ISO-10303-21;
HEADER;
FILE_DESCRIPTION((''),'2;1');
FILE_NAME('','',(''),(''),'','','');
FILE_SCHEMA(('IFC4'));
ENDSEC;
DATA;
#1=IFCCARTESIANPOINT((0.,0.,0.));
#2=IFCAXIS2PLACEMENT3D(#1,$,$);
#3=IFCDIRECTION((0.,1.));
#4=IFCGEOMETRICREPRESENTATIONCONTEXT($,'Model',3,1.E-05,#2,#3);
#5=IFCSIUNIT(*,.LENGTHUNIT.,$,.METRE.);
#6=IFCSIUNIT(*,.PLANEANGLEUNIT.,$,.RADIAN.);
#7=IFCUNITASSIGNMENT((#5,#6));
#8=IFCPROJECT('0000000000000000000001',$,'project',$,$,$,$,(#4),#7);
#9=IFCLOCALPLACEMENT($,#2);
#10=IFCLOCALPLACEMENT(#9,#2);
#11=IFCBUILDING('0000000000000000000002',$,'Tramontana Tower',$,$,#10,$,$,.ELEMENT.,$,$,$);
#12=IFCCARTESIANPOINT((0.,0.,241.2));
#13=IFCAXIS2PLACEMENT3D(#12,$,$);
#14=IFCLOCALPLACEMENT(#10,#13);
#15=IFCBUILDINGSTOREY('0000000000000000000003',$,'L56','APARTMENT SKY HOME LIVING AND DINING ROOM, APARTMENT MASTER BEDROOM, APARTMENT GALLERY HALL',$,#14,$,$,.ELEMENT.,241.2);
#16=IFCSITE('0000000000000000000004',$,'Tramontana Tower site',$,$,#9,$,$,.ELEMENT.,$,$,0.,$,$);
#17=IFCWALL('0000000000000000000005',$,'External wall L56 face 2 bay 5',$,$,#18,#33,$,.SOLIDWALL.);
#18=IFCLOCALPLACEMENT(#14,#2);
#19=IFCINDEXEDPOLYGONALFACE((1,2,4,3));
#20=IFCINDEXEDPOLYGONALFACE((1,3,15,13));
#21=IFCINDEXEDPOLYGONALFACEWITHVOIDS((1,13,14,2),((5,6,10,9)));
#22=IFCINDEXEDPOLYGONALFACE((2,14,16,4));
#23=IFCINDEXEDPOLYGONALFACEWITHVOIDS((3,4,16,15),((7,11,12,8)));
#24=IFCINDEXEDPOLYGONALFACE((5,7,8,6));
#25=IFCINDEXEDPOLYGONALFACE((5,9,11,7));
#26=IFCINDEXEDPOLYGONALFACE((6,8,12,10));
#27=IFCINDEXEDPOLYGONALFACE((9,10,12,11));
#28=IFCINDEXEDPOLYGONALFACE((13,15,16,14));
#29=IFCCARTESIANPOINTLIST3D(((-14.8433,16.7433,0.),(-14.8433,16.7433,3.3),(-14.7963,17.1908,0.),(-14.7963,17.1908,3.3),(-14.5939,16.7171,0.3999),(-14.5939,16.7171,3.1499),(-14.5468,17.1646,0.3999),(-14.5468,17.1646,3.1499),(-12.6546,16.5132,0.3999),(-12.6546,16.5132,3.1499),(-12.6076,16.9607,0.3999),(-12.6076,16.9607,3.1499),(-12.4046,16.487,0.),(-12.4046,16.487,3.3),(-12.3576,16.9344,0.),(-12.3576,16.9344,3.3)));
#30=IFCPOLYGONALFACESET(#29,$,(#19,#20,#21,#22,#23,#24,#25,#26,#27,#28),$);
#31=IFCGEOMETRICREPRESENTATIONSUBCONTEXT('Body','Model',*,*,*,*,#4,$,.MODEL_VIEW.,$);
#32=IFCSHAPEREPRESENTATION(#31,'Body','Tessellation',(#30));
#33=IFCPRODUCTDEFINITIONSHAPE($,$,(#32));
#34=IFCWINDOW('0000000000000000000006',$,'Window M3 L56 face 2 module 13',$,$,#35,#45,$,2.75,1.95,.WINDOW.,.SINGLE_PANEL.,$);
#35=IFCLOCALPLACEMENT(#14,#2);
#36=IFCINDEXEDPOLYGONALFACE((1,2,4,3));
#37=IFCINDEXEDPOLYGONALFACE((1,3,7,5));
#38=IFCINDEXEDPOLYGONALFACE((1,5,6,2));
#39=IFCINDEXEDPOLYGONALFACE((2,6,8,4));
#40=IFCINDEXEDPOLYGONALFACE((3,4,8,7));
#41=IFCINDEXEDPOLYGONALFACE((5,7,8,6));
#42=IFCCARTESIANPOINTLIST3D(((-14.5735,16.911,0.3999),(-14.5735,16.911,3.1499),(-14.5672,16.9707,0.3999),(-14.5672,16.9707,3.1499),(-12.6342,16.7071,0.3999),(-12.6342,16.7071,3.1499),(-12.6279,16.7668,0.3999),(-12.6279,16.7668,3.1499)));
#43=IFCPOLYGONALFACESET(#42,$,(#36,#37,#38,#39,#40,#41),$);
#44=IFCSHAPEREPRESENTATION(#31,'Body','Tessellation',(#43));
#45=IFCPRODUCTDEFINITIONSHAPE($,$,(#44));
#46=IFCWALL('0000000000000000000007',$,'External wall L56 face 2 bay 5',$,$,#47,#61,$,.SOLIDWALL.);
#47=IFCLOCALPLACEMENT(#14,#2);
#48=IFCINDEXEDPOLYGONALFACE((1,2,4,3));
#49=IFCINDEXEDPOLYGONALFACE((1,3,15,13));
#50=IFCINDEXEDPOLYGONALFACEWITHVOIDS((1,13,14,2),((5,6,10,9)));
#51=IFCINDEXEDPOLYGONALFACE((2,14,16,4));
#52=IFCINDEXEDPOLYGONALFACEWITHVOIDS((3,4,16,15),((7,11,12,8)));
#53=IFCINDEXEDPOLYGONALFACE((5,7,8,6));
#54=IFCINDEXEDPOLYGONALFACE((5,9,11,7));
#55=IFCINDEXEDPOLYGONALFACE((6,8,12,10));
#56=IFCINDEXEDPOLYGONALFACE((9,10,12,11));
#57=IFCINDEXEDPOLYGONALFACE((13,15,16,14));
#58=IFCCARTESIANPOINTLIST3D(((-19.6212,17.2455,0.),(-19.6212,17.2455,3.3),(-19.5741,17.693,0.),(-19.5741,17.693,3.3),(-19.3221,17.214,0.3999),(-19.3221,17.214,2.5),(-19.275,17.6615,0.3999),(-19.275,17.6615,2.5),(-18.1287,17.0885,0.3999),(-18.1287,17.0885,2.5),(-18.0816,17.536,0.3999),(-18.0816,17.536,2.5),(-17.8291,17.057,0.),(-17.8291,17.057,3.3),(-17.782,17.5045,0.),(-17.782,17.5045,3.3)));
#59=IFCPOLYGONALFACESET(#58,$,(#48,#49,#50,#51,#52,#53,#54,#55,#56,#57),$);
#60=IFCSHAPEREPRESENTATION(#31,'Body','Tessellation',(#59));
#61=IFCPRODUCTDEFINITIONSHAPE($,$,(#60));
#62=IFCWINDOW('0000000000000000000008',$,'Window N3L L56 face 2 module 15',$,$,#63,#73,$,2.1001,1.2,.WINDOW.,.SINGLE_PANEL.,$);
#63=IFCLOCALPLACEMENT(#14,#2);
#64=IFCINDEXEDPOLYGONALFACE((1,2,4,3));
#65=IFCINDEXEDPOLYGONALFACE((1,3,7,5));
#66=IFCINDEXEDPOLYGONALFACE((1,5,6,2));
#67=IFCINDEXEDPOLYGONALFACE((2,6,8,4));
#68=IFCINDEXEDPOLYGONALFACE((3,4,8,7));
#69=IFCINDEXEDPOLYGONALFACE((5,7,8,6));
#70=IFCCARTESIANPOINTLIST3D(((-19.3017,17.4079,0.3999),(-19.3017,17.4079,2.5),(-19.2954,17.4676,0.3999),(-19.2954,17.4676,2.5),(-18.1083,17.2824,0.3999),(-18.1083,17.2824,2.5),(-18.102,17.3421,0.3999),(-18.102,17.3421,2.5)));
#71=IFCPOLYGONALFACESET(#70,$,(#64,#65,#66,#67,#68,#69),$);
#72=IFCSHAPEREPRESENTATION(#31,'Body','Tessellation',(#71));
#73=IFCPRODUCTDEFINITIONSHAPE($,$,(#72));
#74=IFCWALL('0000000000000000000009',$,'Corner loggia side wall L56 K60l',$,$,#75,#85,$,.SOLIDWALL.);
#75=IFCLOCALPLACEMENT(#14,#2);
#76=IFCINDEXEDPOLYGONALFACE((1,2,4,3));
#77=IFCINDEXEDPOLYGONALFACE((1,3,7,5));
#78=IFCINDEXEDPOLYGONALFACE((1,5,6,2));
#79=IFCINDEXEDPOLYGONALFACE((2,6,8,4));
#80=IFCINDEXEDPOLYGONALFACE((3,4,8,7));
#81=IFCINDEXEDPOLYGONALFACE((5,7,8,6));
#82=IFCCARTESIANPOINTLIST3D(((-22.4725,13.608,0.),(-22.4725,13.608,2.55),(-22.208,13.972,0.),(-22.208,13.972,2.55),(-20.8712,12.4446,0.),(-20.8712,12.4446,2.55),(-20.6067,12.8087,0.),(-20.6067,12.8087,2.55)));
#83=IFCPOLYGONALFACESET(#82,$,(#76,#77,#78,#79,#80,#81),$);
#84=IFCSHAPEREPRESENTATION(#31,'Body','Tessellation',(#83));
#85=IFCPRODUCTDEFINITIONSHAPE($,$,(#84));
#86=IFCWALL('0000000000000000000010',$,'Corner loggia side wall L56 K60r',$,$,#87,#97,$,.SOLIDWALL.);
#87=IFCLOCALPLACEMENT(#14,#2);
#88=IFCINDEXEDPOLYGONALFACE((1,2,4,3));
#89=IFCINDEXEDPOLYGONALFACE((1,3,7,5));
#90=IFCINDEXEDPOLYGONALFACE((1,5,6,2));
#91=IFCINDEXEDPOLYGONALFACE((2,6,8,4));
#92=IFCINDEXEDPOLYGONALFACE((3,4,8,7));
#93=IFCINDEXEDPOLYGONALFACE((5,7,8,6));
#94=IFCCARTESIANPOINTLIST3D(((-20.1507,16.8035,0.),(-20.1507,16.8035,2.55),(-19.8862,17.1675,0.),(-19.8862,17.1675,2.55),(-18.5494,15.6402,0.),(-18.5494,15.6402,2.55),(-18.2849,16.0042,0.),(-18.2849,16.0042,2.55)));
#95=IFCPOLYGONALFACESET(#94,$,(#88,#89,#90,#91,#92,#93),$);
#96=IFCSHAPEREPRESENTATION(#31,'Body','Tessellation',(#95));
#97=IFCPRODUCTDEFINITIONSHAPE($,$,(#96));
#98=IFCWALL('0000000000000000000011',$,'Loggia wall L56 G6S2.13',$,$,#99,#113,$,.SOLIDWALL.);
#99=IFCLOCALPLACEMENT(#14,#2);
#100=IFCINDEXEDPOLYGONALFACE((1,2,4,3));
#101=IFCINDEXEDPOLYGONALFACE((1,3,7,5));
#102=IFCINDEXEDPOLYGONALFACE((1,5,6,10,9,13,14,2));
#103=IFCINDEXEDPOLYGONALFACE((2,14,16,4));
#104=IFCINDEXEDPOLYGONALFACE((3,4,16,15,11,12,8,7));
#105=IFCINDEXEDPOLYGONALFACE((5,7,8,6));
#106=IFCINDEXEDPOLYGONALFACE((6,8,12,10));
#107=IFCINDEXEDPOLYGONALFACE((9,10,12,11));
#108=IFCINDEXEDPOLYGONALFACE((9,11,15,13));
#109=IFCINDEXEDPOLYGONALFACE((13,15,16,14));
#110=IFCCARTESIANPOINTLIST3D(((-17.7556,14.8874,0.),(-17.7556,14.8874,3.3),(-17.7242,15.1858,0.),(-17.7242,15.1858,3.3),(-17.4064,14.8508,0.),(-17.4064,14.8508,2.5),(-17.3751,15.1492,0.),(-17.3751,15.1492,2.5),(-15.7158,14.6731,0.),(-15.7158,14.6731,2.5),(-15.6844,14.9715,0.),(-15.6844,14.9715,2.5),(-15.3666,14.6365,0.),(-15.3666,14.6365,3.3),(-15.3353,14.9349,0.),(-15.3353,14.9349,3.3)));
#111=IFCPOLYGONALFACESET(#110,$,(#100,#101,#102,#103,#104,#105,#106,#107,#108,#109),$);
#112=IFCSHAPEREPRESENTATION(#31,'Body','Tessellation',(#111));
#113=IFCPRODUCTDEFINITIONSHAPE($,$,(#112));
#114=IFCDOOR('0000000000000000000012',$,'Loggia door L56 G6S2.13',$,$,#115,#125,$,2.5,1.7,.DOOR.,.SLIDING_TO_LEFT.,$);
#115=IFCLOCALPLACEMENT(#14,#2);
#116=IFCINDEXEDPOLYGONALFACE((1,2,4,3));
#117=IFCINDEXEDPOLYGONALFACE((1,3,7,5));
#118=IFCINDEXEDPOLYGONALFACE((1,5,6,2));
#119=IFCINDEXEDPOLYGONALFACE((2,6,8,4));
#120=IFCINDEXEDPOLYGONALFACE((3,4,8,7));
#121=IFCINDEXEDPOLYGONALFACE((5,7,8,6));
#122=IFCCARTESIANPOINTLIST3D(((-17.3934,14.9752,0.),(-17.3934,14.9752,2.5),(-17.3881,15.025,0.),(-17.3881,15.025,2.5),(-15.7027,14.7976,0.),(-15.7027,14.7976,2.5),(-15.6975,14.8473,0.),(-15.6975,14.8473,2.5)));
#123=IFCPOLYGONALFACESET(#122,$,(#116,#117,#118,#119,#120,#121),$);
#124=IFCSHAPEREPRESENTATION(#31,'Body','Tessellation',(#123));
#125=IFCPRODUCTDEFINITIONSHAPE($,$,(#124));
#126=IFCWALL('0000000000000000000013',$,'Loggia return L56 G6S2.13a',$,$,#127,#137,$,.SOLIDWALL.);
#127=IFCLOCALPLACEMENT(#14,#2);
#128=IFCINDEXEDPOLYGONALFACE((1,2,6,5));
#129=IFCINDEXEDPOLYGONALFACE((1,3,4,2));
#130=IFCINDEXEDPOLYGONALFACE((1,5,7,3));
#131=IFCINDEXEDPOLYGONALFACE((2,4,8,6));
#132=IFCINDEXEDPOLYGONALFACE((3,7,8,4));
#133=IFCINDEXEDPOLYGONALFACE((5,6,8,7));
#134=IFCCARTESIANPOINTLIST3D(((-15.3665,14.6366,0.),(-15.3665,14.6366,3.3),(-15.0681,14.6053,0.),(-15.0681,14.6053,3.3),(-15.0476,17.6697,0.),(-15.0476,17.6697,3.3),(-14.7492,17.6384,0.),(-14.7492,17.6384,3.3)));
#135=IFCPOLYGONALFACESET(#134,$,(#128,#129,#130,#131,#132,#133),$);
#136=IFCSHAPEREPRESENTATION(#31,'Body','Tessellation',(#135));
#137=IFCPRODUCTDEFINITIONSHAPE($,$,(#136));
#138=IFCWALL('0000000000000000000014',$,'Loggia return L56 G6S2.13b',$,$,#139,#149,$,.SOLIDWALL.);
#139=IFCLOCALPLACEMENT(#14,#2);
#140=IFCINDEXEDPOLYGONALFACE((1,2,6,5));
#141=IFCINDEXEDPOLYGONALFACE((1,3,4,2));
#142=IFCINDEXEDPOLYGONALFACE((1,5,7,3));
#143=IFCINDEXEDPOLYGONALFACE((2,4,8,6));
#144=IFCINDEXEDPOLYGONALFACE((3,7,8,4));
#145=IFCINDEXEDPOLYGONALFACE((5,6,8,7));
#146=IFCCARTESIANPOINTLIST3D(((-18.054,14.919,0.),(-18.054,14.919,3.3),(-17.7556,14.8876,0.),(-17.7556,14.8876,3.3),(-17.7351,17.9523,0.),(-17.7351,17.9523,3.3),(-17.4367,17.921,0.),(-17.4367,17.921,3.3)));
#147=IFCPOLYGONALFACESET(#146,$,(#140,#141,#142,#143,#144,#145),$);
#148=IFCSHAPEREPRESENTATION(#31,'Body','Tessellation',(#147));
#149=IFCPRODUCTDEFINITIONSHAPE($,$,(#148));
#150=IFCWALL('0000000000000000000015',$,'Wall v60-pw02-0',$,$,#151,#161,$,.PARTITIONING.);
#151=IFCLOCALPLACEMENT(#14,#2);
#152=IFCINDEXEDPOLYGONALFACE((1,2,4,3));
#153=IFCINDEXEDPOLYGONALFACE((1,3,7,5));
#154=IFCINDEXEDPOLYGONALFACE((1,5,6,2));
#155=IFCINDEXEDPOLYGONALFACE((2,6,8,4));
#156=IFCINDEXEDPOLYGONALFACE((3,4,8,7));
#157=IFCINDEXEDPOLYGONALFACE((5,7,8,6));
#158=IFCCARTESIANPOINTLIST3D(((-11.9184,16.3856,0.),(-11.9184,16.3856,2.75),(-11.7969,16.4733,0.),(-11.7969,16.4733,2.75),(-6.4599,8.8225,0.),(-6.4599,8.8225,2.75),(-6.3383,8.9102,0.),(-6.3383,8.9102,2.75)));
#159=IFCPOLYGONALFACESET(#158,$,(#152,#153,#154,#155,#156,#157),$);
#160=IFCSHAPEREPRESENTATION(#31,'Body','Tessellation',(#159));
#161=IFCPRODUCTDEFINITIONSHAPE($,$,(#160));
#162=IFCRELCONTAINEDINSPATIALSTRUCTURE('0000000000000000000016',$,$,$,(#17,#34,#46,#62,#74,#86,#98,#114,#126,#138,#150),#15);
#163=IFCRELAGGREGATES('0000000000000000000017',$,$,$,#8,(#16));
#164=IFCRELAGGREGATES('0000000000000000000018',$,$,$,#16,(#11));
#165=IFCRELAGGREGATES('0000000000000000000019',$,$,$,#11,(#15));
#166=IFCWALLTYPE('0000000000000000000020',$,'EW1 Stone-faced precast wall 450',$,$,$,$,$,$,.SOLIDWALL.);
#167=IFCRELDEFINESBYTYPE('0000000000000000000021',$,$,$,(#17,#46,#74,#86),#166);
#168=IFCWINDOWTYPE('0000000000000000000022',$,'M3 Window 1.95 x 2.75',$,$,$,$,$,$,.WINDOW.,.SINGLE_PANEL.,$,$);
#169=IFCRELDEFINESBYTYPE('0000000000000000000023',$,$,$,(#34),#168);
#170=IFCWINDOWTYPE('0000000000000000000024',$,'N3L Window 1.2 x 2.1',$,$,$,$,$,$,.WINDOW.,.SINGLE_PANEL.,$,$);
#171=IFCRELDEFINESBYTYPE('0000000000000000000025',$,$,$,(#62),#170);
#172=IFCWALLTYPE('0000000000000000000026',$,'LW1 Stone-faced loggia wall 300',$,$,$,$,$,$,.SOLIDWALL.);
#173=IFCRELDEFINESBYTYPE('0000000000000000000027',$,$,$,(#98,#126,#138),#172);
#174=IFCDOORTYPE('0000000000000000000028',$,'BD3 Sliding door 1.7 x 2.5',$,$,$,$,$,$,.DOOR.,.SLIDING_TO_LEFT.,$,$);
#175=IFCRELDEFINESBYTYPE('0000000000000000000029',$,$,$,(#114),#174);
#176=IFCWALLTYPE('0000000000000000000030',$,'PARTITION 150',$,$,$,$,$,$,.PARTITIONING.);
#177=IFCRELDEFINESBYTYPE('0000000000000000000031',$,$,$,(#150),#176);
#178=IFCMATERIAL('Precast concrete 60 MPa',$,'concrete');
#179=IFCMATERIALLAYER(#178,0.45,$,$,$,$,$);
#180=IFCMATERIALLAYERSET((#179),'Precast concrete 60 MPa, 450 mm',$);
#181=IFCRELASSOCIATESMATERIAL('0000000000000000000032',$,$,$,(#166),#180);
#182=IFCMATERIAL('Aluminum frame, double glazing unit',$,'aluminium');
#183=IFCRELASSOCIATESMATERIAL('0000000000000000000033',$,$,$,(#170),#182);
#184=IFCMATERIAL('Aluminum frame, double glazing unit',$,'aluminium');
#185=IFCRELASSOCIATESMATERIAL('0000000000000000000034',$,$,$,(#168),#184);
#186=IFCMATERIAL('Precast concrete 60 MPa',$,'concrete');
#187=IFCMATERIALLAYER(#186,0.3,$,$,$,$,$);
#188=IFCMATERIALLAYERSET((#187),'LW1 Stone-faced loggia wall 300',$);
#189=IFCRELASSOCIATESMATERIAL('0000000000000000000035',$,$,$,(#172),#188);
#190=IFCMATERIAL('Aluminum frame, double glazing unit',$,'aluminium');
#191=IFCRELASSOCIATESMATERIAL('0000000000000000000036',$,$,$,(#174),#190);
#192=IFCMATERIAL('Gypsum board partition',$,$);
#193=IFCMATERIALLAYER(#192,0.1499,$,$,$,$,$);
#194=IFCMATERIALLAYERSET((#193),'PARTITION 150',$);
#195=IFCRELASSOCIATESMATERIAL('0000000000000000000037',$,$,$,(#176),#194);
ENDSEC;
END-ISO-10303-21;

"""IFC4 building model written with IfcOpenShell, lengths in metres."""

from ifc_helpers import new_model, si_unit, direction, frame, frame_2d, origin, place, context, subcontext, project, spatial, rectangle, extrude, material, layer, layer_set, type_object, element, fill, save


model = new_model("IFC4")

# Units and contexts
model_context = context("Model", 3, precision=1e-05, world=origin(), true_north=direction((0.0, 1.0)))
body_context = subcontext(model_context, "Body", "Model", "MODEL_VIEW")
ifc_project = project(units=[si_unit("LENGTHUNIT", "METRE"), si_unit("PLANEANGLEUNIT", "RADIAN")], contexts=[model_context])

# Site, building, storey
site_placement = place(None, origin())
site = spatial("IfcSite", under=ifc_project, at=site_placement, Name="Tramontana Tower site", CompositionType="ELEMENT", RefElevation=0.0)
building_placement = place(site_placement, origin())
building = spatial("IfcBuilding", under=site, at=building_placement, Name="Tramontana Tower", CompositionType="ELEMENT")
storey_placement = place(building_placement, frame((0.0, 0.0, 241.2)))
storey = spatial("IfcBuildingStorey", under=building, at=storey_placement, Name="L56", Description="APARTMENT SKY HOME LIVING AND DINING ROOM, APARTMENT MASTER BEDROOM, APARTMENT GALLERY HALL", CompositionType="ELEMENT", Elevation=241.2)

# Walls, openings, windows
ifc_material_1 = material(Name="Precast concrete 60 MPa", Category="concrete")
ifc_layer_1 = layer(ifc_material_1, 0.45)
ifc_layer_set_1 = layer_set([ifc_layer_1], Name="Precast concrete 60 MPa, 450 mm")
wall_type_1 = type_object("IfcWallType", Name="EW1 Stone-faced precast wall 450", PredefinedType="SOLIDWALL", material=ifc_layer_set_1)
ifc_material_2 = material(Name="Aluminum frame, double glazing unit", Category="aluminium")
window_type_1 = type_object("IfcWindowType", Name="N3L Window 1.2 x 2.1", PartitioningType="SINGLE_PANEL", PredefinedType="WINDOW", material=ifc_material_2)
wall_1_placement = place(storey_placement, frame((-12.3811, 16.7107, 0.0), z_axis=(0.0, 0.0, 1.0), x_axis=(-0.994521, 0.10454, 0.0)))
wall_1 = element("IfcWall", 1, at=wall_1_placement, inside=storey, type_object=wall_type_1, Name="External wall L56 face 2 bay 5", PredefinedType="SOLIDWALL", context=body_context, shape_type="SweptSolid", body=[
    extrude(rectangle(XDim=2.4521, YDim=0.45, at=frame_2d((1.2261, 0.0))), origin(), (0.0, 0.0, 1.0), 3.3),
])
opening_1_placement = place(wall_1_placement, frame((0.2512, 0.0, 0.3999)))
opening_1 = element("IfcOpeningElement", 2, at=opening_1_placement, cuts=wall_1, PredefinedType="OPENING", context=body_context, shape_type="SweptSolid", body=[
    extrude(rectangle(XDim=1.95, YDim=2.75, at=frame_2d((0.9751, 1.375))), frame((0.0, 0.2349, 0.0), z_axis=(0.0, -1.0, 0.0), x_axis=(1.0, 0.0, 0.0)), (0.0, 0.0, 1.0), 0.47),
])
ifc_material_3 = material(Name="Aluminum frame, double glazing unit", Category="aluminium")
window_type_2 = type_object("IfcWindowType", Name="M3 Window 1.95 x 2.75", PartitioningType="SINGLE_PANEL", PredefinedType="WINDOW", material=ifc_material_3)
window_1_placement = place(opening_1_placement, origin())
window_1 = element("IfcWindow", 3, at=window_1_placement, inside=storey, type_object=window_type_2, Name="Window M3 L56 face 2 module 13", OverallHeight=2.75, OverallWidth=1.95, PartitioningType="SINGLE_PANEL", PredefinedType="WINDOW", context=body_context, shape_type="SweptSolid", body=[
    extrude(rectangle(XDim=1.95, YDim=2.75, at=frame_2d((0.9751, 1.375))), frame((0.0, 0.03, 0.0), z_axis=(0.0, -1.0, 0.0), x_axis=(1.0, 0.0, 0.0)), (0.0, 0.0, 1.0), 0.0601),
])
fill(opening_1, window_1)
wall_2_placement = place(storey_placement, frame((-17.8057, 17.2808, 0.0), z_axis=(0.0, 0.0, 1.0), x_axis=(-0.994516, 0.104586, 0.0)))
wall_2 = element("IfcWall", 4, at=wall_2_placement, inside=storey, type_object=wall_type_1, Name="External wall L56 face 2 bay 5", PredefinedType="SOLIDWALL", context=body_context, shape_type="SweptSolid", body=[
    extrude(rectangle(XDim=1.802, YDim=0.45, at=frame_2d((0.9009, 0.0))), origin(), (0.0, 0.0, 1.0), 3.3),
])
opening_2_placement = place(wall_2_placement, frame((0.301, 0.0, 0.3999)))
opening_2 = element("IfcOpeningElement", 5, at=opening_2_placement, cuts=wall_2, PredefinedType="OPENING", context=body_context, shape_type="SweptSolid", body=[
    extrude(rectangle(XDim=1.2, YDim=2.1001, at=frame_2d((0.6001, 1.05))), frame((0.0, 0.2349, 0.0), z_axis=(0.0, -1.0, 0.0), x_axis=(1.0, 0.0, 0.0)), (0.0, 0.0, 1.0), 0.47),
])
window_2_placement = place(opening_2_placement, origin())
window_2 = element("IfcWindow", 6, at=window_2_placement, inside=storey, type_object=window_type_1, Name="Window N3L L56 face 2 module 15", OverallHeight=2.1001, OverallWidth=1.2, PartitioningType="SINGLE_PANEL", PredefinedType="WINDOW", context=body_context, shape_type="SweptSolid", body=[
    extrude(rectangle(XDim=1.2, YDim=2.1001, at=frame_2d((0.6001, 1.05))), frame((0.0, 0.03, 0.0), z_axis=(0.0, -1.0, 0.0), x_axis=(1.0, 0.0, 0.0)), (0.0, 0.0, 1.0), 0.0601),
])
fill(opening_2, window_2)

# Walls
for number, where, z_axis, x_axis, name in (
    (7, (-22.3403, 13.79, 0.0), (0.0, 0.0, 1.0), (0.80904, -0.587754, 0.0), "Corner loggia side wall L56 K60l"),
    (8, (-20.0186, 16.9856, 0.0), (0.0, 0.0, 1.0), (0.80904, -0.587754, 0.0), "Corner loggia side wall L56 K60r"),
):
    element("IfcWall", number, at=place(storey_placement, frame(where, z_axis=z_axis, x_axis=x_axis)), inside=storey, type_object=wall_type_1, Name=name, PredefinedType="SOLIDWALL", context=body_context, shape_type="SweptSolid", body=[
        extrude(rectangle(XDim=1.9792, YDim=0.45, at=frame_2d((0.9897, 0.0))), origin(), (0.0, 0.0, 1.0), 2.55),
    ])

# Wall, opening, door
ifc_material_4 = material(Name="Precast concrete 60 MPa", Category="concrete")
ifc_layer_2 = layer(ifc_material_4, 0.3)
ifc_layer_set_2 = layer_set([ifc_layer_2], Name="LW1 Stone-faced loggia wall 300")
wall_type_2 = type_object("IfcWallType", Name="LW1 Stone-faced loggia wall 300", PredefinedType="SOLIDWALL", material=ifc_layer_set_2)
wall_3_placement = place(storey_placement, frame((-15.3508, 14.7856, 0.0), z_axis=(0.0, 0.0, 1.0), x_axis=(-0.994527, 0.104484, 0.0)))
wall_3 = element("IfcWall", 9, at=wall_3_placement, inside=storey, type_object=wall_type_2, Name="Loggia wall L56 G6S2.13", PredefinedType="SOLIDWALL", context=body_context, shape_type="SweptSolid", body=[
    extrude(rectangle(XDim=2.4021, YDim=0.3, at=frame_2d((1.2012, 0.0))), origin(), (0.0, 0.0, 1.0), 3.3),
])
opening_3_placement = place(wall_3_placement, frame((0.3511, 0.0, 0.0)))
opening_3 = element("IfcOpeningElement", 10, at=opening_3_placement, cuts=wall_3, PredefinedType="OPENING", context=body_context, shape_type="SweptSolid", body=[
    extrude(rectangle(XDim=1.7, YDim=2.5, at=frame_2d((0.8501, 1.25))), frame((0.0, 0.1599, 0.0), z_axis=(0.0, -1.0, 0.0), x_axis=(1.0, 0.0, 0.0)), (0.0, 0.0, 1.0), 0.3201),
])
ifc_material_5 = material(Name="Aluminum frame, double glazing unit", Category="aluminium")
door_type = type_object("IfcDoorType", Name="BD3 Sliding door 1.7 x 2.5", OperationType="SLIDING_TO_LEFT", PredefinedType="DOOR", material=ifc_material_5)
door_placement = place(opening_3_placement, origin())
door = element("IfcDoor", 11, at=door_placement, inside=storey, type_object=door_type, Name="Loggia door L56 G6S2.13", OperationType="SLIDING_TO_LEFT", OverallHeight=2.5, OverallWidth=1.7, PredefinedType="DOOR", context=body_context, shape_type="SweptSolid", body=[
    extrude(rectangle(XDim=1.7, YDim=2.5, at=frame_2d((0.8501, 1.25))), frame((0.0, 0.0249, 0.0), z_axis=(0.0, -1.0, 0.0), x_axis=(1.0, 0.0, 0.0)), (0.0, 0.0, 1.0), 0.05),
])
fill(opening_3, door)

# Walls
wall_4_placement = place(storey_placement, frame((-14.8984, 17.6541, 0.0), z_axis=(0.0, 0.0, 1.0), x_axis=(-0.104543, -0.99452, 0.0)))
element("IfcWall", 12, at=wall_4_placement, inside=storey, type_object=wall_type_2, Name="Loggia return L56 G6S2.13a", PredefinedType="SOLIDWALL", context=body_context, shape_type="SweptSolid", body=[
    extrude(rectangle(XDim=3.0498, YDim=0.3, at=frame_2d((1.5249, 0.0))), origin(), (0.0, 0.0, 1.0), 3.3),
])
wall_5_placement = place(storey_placement, frame((-17.5859, 17.9365, 0.0), z_axis=(0.0, 0.0, 1.0), x_axis=(-0.104535, -0.994521, 0.0)))
element("IfcWall", 13, at=wall_5_placement, inside=storey, type_object=wall_type_2, Name="Loggia return L56 G6S2.13b", PredefinedType="SOLIDWALL", context=body_context, shape_type="SweptSolid", body=[
    extrude(rectangle(XDim=3.05, YDim=0.3, at=frame_2d((1.5249, 0.0))), origin(), (0.0, 0.0, 1.0), 3.3),
])
ifc_material_6 = material(Name="Gypsum board partition")
ifc_layer_3 = layer(ifc_material_6, 0.1499)
ifc_layer_set_3 = layer_set([ifc_layer_3], Name="PARTITION 150")
wall_type_3 = type_object("IfcWallType", Name="PARTITION 150", PredefinedType="PARTITIONING", material=ifc_layer_set_3)
wall_6_placement = place(storey_placement, frame((-11.8577, 16.4294, 0.0), z_axis=(0.0, 0.0, 1.0), x_axis=(0.585232, -0.810866, 0.0)))
element("IfcWall", 14, at=wall_6_placement, inside=storey, type_object=wall_type_3, Name="Wall v60-pw02-0", PredefinedType="PARTITIONING", context=body_context, shape_type="SweptSolid", body=[
    extrude(rectangle(XDim=9.3271, YDim=0.1499, at=frame_2d((4.6636, 0.0))), origin(), (0.0, 0.0, 1.0), 2.75),
])

save(model, "model.ifc")
